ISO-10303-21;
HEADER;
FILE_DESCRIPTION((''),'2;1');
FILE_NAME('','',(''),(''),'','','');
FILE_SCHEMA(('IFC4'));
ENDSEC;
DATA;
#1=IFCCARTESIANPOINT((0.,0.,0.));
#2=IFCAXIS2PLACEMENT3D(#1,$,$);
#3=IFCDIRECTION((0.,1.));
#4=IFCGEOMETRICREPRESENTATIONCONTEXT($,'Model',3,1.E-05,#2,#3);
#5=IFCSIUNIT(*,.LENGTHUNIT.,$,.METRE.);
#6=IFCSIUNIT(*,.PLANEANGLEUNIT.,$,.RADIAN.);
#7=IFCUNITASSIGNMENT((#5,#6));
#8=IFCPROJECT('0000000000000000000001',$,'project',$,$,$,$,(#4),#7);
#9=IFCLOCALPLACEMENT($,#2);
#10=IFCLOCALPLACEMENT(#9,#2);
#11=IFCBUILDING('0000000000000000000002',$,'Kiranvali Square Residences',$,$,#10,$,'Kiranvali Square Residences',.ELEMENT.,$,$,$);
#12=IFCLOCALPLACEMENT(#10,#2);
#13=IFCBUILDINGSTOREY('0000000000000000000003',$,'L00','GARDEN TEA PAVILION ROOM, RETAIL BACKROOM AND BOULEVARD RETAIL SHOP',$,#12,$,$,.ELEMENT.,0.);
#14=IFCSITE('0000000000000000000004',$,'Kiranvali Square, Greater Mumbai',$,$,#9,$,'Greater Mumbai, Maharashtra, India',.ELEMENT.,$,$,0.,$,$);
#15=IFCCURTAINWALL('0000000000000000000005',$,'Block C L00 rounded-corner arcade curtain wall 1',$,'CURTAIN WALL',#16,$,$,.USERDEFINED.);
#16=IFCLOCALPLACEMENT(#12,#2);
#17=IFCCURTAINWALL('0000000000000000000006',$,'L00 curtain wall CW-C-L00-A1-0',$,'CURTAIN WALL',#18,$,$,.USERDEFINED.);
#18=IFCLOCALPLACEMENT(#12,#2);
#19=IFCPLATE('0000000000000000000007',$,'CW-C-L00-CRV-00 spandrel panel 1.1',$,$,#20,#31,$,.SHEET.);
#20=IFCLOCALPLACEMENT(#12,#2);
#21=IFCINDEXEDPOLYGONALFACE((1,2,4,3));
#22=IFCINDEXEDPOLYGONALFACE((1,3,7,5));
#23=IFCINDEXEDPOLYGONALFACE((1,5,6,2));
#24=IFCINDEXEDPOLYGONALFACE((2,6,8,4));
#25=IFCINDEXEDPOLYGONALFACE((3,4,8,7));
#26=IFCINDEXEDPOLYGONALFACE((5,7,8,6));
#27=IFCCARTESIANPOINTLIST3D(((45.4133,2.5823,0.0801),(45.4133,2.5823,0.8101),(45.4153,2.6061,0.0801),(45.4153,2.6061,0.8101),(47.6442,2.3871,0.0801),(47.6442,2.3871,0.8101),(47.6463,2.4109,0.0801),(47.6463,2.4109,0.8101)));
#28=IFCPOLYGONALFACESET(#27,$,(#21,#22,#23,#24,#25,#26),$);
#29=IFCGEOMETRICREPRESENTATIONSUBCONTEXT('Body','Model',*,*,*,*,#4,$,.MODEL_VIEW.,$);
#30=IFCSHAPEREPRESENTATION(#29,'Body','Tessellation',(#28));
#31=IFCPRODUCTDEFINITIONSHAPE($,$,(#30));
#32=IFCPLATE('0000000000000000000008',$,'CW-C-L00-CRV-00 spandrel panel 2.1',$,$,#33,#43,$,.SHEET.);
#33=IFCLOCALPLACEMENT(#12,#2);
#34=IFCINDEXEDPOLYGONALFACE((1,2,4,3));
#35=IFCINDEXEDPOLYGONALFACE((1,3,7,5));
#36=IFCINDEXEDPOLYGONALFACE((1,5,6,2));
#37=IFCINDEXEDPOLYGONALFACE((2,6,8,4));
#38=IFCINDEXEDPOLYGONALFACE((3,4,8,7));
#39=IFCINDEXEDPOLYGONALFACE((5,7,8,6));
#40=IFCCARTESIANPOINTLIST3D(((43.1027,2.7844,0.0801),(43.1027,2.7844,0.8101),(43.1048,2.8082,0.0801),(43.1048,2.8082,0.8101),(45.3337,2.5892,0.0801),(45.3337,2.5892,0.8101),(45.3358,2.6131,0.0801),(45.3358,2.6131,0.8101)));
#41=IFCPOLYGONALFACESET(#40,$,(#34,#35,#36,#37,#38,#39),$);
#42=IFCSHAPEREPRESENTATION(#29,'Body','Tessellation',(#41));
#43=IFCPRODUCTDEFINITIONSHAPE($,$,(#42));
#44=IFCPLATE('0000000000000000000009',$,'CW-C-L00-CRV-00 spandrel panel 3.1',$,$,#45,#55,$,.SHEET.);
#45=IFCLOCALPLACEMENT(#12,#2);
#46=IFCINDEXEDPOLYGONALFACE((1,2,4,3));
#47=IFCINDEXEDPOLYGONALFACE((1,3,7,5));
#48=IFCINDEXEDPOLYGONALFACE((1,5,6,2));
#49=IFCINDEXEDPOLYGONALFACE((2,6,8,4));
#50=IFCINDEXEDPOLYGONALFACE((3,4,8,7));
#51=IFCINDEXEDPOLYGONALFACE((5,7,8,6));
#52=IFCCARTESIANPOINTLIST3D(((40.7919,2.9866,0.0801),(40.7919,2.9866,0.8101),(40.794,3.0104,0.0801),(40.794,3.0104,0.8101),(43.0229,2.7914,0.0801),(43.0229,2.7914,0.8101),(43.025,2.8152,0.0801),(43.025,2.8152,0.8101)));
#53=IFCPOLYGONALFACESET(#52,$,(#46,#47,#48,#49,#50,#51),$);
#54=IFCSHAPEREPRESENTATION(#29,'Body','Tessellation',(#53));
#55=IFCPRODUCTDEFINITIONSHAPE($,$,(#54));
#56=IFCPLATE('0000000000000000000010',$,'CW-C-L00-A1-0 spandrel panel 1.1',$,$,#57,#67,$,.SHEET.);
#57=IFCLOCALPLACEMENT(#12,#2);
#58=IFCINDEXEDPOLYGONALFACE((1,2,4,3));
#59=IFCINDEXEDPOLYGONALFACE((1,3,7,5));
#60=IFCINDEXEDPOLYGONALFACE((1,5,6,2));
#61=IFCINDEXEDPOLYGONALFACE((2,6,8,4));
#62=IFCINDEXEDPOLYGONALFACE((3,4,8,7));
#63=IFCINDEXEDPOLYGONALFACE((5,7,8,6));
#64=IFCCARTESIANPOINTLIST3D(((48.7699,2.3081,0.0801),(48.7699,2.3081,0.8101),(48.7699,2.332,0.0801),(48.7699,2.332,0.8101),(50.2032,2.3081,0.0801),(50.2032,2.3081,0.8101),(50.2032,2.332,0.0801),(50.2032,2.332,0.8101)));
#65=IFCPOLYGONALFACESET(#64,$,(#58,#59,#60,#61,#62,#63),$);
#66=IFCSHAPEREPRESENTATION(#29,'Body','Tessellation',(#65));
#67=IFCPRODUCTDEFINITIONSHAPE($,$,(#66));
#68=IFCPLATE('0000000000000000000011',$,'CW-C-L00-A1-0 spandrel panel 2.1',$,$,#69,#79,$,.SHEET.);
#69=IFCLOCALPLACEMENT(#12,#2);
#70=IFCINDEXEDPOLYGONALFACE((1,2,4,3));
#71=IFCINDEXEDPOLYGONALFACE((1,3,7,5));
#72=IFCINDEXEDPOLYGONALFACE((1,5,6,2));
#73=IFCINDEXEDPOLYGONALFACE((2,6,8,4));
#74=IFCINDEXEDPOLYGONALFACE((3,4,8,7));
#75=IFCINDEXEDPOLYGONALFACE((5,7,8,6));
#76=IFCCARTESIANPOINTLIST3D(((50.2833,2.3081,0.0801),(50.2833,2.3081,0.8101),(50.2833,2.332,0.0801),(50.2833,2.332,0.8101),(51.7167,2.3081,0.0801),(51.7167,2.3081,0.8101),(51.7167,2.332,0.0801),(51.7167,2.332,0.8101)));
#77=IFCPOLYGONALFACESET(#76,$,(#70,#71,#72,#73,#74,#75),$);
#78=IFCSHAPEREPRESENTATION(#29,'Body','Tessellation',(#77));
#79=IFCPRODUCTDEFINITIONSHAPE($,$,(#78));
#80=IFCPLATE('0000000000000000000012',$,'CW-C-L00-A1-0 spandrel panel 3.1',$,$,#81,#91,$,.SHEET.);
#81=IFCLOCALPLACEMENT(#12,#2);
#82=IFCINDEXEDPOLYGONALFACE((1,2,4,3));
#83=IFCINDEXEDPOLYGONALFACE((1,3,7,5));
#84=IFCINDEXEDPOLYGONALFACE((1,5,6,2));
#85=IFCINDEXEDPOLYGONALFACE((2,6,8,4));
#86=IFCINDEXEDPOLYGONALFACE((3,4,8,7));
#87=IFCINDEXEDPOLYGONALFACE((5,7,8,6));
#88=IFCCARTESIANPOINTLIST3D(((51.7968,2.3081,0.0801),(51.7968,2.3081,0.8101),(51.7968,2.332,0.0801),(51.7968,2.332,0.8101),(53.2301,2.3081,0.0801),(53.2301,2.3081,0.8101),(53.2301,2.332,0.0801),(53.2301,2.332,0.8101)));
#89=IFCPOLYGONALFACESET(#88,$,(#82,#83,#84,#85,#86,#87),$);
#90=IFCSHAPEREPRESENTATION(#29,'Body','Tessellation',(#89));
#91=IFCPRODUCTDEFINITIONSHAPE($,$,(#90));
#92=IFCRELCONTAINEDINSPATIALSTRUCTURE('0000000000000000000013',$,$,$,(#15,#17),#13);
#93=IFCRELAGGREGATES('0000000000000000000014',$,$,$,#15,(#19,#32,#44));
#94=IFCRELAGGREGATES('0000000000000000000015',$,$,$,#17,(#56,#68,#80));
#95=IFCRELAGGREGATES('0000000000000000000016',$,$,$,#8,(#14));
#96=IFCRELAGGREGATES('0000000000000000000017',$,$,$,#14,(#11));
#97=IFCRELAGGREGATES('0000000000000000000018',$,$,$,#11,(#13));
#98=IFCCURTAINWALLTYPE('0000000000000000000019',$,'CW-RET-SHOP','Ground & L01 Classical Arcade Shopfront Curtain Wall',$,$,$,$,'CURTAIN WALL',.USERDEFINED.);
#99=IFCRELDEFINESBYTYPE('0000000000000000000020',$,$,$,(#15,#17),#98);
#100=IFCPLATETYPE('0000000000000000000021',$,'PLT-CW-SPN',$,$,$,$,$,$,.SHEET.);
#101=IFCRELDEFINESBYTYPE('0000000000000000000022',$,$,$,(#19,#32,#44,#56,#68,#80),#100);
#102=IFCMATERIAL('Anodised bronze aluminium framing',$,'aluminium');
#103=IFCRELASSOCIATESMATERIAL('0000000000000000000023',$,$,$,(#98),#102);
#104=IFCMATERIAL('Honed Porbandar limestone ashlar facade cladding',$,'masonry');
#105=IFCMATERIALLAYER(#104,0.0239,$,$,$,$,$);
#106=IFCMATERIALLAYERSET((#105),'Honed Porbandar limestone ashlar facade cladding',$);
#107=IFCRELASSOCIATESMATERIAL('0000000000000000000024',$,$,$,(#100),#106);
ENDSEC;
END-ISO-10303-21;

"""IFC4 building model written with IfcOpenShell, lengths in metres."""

from ifc_helpers import new_model, si_unit, direction, frame, origin, origin_2d, place, context, subcontext, project, spatial, rectangle, extrude, material, layer, layer_set, type_object, element, aggregate, save


model = new_model("IFC4")

# Units and contexts
model_context = context("Model", 3, precision=1e-05, world=origin(), true_north=direction((0.0, 1.0)))
body_context = subcontext(model_context, "Body", "Model", "MODEL_VIEW")
ifc_project = project(units=[si_unit("LENGTHUNIT", "METRE"), si_unit("PLANEANGLEUNIT", "RADIAN")], contexts=[model_context])

# Site, building, storey
site_placement = place(None, origin())
site = spatial("IfcSite", under=ifc_project, at=site_placement, Name="Kiranvali Square, Greater Mumbai", LongName="Greater Mumbai, Maharashtra, India", CompositionType="ELEMENT", RefElevation=0.0)
building_placement = place(site_placement, origin())
building = spatial("IfcBuilding", under=site, at=building_placement, Name="Kiranvali Square Residences", LongName="Kiranvali Square Residences", CompositionType="ELEMENT")
storey_placement = place(building_placement, origin())
storey = spatial("IfcBuildingStorey", under=building, at=storey_placement, Name="L00", Description="GARDEN TEA PAVILION ROOM, RETAIL BACKROOM AND BOULEVARD RETAIL SHOP", CompositionType="ELEMENT", Elevation=0.0)

# Curtain walls
ifc_material_1 = material(Name="Anodised bronze aluminium framing", Category="aluminium")
curtain_wall_type = type_object("IfcCurtainWallType", Name="CW-RET-SHOP", Description="Ground & L01 Classical Arcade Shopfront Curtain Wall", ElementType="CURTAIN WALL", PredefinedType="USERDEFINED", material=ifc_material_1)
curtain_wall_1_placement = place(storey_placement, origin())
curtain_wall_1 = element("IfcCurtainWall", 1, at=curtain_wall_1_placement, inside=storey, type_object=curtain_wall_type, Name="Block C L00 rounded-corner arcade curtain wall 1", ObjectType="CURTAIN WALL", PredefinedType="USERDEFINED")
curtain_wall_2_placement = place(storey_placement, origin())
curtain_wall_2 = element("IfcCurtainWall", 2, at=curtain_wall_2_placement, inside=storey, type_object=curtain_wall_type, Name="L00 curtain wall CW-C-L00-A1-0", ObjectType="CURTAIN WALL", PredefinedType="USERDEFINED")

# Plates
ifc_material_2 = material(Name="Honed Porbandar limestone ashlar facade cladding", Category="masonry")
ifc_layer_1 = layer(ifc_material_2, 0.0239)
ifc_layer_set_1 = layer_set([ifc_layer_1], Name="Honed Porbandar limestone ashlar facade cladding")
plate_type_1 = type_object("IfcPlateType", Name="PLT-CW-SPN", PredefinedType="SHEET", material=ifc_layer_set_1)
plate_1_placement = place(storey_placement, frame((46.5298, 2.4966, 0.0801), z_axis=(0.0, 0.0, 1.0), x_axis=(-0.996195, 0.087156, 0.0)))
plate_1 = element("IfcPlate", 3, at=plate_1_placement, type_object=plate_type_1, Name="CW-C-L00-CRV-00 spandrel panel 1.1", PredefinedType="SHEET", context=body_context, shape_type="SweptSolid", body=[
    extrude(rectangle(XDim=2.2395, YDim=0.0239, at=origin_2d()), origin(), (0.0, 0.0, 1.0), 0.73),
])
plate_2_placement = place(storey_placement, frame((44.2192, 2.6987, 0.0801), z_axis=(0.0, 0.0, 1.0), x_axis=(-0.996195, 0.087156, 0.0)))
plate_2 = element("IfcPlate", 4, at=plate_2_placement, type_object=plate_type_1, Name="CW-C-L00-CRV-00 spandrel panel 2.1", PredefinedType="SHEET", context=body_context, shape_type="SweptSolid", body=[
    extrude(rectangle(XDim=2.2395, YDim=0.0239, at=origin_2d()), origin(), (0.0, 0.0, 1.0), 0.73),
])
plate_3_placement = place(storey_placement, frame((41.9084, 2.9009, 0.0801), z_axis=(0.0, 0.0, 1.0), x_axis=(-0.996195, 0.087156, 0.0)))
plate_3 = element("IfcPlate", 5, at=plate_3_placement, type_object=plate_type_1, Name="CW-C-L00-CRV-00 spandrel panel 3.1", PredefinedType="SHEET", context=body_context, shape_type="SweptSolid", body=[
    extrude(rectangle(XDim=2.2395, YDim=0.0239, at=origin_2d()), origin(), (0.0, 0.0, 1.0), 0.73),
])
aggregate(curtain_wall_1, [plate_1, plate_2, plate_3])
plate_4_placement = place(storey_placement, frame((49.4866, 2.3201, 0.0801), z_axis=(0.0, 0.0, 1.0), x_axis=(1.0, 0.0, 0.0)))
plate_4 = element("IfcPlate", 6, at=plate_4_placement, type_object=plate_type_1, Name="CW-C-L00-A1-0 spandrel panel 1.1", PredefinedType="SHEET", context=body_context, shape_type="SweptSolid", body=[
    extrude(rectangle(XDim=1.4333, YDim=0.0239, at=origin_2d()), origin(), (0.0, 0.0, 1.0), 0.73),
])
plate_5_placement = place(storey_placement, frame((51.0, 2.3201, 0.0801), z_axis=(0.0, 0.0, 1.0), x_axis=(1.0, 0.0, 0.0)))
plate_5 = element("IfcPlate", 7, at=plate_5_placement, type_object=plate_type_1, Name="CW-C-L00-A1-0 spandrel panel 2.1", PredefinedType="SHEET", context=body_context, shape_type="SweptSolid", body=[
    extrude(rectangle(XDim=1.4333, YDim=0.0239, at=origin_2d()), origin(), (0.0, 0.0, 1.0), 0.73),
])
plate_6_placement = place(storey_placement, frame((52.5134, 2.3201, 0.0801), z_axis=(0.0, 0.0, 1.0), x_axis=(1.0, 0.0, 0.0)))
plate_6 = element("IfcPlate", 8, at=plate_6_placement, type_object=plate_type_1, Name="CW-C-L00-A1-0 spandrel panel 3.1", PredefinedType="SHEET", context=body_context, shape_type="SweptSolid", body=[
    extrude(rectangle(XDim=1.4333, YDim=0.0239, at=origin_2d()), origin(), (0.0, 0.0, 1.0), 0.73),
])
aggregate(curtain_wall_2, [plate_4, plate_5, plate_6])

save(model, "model.ifc")
